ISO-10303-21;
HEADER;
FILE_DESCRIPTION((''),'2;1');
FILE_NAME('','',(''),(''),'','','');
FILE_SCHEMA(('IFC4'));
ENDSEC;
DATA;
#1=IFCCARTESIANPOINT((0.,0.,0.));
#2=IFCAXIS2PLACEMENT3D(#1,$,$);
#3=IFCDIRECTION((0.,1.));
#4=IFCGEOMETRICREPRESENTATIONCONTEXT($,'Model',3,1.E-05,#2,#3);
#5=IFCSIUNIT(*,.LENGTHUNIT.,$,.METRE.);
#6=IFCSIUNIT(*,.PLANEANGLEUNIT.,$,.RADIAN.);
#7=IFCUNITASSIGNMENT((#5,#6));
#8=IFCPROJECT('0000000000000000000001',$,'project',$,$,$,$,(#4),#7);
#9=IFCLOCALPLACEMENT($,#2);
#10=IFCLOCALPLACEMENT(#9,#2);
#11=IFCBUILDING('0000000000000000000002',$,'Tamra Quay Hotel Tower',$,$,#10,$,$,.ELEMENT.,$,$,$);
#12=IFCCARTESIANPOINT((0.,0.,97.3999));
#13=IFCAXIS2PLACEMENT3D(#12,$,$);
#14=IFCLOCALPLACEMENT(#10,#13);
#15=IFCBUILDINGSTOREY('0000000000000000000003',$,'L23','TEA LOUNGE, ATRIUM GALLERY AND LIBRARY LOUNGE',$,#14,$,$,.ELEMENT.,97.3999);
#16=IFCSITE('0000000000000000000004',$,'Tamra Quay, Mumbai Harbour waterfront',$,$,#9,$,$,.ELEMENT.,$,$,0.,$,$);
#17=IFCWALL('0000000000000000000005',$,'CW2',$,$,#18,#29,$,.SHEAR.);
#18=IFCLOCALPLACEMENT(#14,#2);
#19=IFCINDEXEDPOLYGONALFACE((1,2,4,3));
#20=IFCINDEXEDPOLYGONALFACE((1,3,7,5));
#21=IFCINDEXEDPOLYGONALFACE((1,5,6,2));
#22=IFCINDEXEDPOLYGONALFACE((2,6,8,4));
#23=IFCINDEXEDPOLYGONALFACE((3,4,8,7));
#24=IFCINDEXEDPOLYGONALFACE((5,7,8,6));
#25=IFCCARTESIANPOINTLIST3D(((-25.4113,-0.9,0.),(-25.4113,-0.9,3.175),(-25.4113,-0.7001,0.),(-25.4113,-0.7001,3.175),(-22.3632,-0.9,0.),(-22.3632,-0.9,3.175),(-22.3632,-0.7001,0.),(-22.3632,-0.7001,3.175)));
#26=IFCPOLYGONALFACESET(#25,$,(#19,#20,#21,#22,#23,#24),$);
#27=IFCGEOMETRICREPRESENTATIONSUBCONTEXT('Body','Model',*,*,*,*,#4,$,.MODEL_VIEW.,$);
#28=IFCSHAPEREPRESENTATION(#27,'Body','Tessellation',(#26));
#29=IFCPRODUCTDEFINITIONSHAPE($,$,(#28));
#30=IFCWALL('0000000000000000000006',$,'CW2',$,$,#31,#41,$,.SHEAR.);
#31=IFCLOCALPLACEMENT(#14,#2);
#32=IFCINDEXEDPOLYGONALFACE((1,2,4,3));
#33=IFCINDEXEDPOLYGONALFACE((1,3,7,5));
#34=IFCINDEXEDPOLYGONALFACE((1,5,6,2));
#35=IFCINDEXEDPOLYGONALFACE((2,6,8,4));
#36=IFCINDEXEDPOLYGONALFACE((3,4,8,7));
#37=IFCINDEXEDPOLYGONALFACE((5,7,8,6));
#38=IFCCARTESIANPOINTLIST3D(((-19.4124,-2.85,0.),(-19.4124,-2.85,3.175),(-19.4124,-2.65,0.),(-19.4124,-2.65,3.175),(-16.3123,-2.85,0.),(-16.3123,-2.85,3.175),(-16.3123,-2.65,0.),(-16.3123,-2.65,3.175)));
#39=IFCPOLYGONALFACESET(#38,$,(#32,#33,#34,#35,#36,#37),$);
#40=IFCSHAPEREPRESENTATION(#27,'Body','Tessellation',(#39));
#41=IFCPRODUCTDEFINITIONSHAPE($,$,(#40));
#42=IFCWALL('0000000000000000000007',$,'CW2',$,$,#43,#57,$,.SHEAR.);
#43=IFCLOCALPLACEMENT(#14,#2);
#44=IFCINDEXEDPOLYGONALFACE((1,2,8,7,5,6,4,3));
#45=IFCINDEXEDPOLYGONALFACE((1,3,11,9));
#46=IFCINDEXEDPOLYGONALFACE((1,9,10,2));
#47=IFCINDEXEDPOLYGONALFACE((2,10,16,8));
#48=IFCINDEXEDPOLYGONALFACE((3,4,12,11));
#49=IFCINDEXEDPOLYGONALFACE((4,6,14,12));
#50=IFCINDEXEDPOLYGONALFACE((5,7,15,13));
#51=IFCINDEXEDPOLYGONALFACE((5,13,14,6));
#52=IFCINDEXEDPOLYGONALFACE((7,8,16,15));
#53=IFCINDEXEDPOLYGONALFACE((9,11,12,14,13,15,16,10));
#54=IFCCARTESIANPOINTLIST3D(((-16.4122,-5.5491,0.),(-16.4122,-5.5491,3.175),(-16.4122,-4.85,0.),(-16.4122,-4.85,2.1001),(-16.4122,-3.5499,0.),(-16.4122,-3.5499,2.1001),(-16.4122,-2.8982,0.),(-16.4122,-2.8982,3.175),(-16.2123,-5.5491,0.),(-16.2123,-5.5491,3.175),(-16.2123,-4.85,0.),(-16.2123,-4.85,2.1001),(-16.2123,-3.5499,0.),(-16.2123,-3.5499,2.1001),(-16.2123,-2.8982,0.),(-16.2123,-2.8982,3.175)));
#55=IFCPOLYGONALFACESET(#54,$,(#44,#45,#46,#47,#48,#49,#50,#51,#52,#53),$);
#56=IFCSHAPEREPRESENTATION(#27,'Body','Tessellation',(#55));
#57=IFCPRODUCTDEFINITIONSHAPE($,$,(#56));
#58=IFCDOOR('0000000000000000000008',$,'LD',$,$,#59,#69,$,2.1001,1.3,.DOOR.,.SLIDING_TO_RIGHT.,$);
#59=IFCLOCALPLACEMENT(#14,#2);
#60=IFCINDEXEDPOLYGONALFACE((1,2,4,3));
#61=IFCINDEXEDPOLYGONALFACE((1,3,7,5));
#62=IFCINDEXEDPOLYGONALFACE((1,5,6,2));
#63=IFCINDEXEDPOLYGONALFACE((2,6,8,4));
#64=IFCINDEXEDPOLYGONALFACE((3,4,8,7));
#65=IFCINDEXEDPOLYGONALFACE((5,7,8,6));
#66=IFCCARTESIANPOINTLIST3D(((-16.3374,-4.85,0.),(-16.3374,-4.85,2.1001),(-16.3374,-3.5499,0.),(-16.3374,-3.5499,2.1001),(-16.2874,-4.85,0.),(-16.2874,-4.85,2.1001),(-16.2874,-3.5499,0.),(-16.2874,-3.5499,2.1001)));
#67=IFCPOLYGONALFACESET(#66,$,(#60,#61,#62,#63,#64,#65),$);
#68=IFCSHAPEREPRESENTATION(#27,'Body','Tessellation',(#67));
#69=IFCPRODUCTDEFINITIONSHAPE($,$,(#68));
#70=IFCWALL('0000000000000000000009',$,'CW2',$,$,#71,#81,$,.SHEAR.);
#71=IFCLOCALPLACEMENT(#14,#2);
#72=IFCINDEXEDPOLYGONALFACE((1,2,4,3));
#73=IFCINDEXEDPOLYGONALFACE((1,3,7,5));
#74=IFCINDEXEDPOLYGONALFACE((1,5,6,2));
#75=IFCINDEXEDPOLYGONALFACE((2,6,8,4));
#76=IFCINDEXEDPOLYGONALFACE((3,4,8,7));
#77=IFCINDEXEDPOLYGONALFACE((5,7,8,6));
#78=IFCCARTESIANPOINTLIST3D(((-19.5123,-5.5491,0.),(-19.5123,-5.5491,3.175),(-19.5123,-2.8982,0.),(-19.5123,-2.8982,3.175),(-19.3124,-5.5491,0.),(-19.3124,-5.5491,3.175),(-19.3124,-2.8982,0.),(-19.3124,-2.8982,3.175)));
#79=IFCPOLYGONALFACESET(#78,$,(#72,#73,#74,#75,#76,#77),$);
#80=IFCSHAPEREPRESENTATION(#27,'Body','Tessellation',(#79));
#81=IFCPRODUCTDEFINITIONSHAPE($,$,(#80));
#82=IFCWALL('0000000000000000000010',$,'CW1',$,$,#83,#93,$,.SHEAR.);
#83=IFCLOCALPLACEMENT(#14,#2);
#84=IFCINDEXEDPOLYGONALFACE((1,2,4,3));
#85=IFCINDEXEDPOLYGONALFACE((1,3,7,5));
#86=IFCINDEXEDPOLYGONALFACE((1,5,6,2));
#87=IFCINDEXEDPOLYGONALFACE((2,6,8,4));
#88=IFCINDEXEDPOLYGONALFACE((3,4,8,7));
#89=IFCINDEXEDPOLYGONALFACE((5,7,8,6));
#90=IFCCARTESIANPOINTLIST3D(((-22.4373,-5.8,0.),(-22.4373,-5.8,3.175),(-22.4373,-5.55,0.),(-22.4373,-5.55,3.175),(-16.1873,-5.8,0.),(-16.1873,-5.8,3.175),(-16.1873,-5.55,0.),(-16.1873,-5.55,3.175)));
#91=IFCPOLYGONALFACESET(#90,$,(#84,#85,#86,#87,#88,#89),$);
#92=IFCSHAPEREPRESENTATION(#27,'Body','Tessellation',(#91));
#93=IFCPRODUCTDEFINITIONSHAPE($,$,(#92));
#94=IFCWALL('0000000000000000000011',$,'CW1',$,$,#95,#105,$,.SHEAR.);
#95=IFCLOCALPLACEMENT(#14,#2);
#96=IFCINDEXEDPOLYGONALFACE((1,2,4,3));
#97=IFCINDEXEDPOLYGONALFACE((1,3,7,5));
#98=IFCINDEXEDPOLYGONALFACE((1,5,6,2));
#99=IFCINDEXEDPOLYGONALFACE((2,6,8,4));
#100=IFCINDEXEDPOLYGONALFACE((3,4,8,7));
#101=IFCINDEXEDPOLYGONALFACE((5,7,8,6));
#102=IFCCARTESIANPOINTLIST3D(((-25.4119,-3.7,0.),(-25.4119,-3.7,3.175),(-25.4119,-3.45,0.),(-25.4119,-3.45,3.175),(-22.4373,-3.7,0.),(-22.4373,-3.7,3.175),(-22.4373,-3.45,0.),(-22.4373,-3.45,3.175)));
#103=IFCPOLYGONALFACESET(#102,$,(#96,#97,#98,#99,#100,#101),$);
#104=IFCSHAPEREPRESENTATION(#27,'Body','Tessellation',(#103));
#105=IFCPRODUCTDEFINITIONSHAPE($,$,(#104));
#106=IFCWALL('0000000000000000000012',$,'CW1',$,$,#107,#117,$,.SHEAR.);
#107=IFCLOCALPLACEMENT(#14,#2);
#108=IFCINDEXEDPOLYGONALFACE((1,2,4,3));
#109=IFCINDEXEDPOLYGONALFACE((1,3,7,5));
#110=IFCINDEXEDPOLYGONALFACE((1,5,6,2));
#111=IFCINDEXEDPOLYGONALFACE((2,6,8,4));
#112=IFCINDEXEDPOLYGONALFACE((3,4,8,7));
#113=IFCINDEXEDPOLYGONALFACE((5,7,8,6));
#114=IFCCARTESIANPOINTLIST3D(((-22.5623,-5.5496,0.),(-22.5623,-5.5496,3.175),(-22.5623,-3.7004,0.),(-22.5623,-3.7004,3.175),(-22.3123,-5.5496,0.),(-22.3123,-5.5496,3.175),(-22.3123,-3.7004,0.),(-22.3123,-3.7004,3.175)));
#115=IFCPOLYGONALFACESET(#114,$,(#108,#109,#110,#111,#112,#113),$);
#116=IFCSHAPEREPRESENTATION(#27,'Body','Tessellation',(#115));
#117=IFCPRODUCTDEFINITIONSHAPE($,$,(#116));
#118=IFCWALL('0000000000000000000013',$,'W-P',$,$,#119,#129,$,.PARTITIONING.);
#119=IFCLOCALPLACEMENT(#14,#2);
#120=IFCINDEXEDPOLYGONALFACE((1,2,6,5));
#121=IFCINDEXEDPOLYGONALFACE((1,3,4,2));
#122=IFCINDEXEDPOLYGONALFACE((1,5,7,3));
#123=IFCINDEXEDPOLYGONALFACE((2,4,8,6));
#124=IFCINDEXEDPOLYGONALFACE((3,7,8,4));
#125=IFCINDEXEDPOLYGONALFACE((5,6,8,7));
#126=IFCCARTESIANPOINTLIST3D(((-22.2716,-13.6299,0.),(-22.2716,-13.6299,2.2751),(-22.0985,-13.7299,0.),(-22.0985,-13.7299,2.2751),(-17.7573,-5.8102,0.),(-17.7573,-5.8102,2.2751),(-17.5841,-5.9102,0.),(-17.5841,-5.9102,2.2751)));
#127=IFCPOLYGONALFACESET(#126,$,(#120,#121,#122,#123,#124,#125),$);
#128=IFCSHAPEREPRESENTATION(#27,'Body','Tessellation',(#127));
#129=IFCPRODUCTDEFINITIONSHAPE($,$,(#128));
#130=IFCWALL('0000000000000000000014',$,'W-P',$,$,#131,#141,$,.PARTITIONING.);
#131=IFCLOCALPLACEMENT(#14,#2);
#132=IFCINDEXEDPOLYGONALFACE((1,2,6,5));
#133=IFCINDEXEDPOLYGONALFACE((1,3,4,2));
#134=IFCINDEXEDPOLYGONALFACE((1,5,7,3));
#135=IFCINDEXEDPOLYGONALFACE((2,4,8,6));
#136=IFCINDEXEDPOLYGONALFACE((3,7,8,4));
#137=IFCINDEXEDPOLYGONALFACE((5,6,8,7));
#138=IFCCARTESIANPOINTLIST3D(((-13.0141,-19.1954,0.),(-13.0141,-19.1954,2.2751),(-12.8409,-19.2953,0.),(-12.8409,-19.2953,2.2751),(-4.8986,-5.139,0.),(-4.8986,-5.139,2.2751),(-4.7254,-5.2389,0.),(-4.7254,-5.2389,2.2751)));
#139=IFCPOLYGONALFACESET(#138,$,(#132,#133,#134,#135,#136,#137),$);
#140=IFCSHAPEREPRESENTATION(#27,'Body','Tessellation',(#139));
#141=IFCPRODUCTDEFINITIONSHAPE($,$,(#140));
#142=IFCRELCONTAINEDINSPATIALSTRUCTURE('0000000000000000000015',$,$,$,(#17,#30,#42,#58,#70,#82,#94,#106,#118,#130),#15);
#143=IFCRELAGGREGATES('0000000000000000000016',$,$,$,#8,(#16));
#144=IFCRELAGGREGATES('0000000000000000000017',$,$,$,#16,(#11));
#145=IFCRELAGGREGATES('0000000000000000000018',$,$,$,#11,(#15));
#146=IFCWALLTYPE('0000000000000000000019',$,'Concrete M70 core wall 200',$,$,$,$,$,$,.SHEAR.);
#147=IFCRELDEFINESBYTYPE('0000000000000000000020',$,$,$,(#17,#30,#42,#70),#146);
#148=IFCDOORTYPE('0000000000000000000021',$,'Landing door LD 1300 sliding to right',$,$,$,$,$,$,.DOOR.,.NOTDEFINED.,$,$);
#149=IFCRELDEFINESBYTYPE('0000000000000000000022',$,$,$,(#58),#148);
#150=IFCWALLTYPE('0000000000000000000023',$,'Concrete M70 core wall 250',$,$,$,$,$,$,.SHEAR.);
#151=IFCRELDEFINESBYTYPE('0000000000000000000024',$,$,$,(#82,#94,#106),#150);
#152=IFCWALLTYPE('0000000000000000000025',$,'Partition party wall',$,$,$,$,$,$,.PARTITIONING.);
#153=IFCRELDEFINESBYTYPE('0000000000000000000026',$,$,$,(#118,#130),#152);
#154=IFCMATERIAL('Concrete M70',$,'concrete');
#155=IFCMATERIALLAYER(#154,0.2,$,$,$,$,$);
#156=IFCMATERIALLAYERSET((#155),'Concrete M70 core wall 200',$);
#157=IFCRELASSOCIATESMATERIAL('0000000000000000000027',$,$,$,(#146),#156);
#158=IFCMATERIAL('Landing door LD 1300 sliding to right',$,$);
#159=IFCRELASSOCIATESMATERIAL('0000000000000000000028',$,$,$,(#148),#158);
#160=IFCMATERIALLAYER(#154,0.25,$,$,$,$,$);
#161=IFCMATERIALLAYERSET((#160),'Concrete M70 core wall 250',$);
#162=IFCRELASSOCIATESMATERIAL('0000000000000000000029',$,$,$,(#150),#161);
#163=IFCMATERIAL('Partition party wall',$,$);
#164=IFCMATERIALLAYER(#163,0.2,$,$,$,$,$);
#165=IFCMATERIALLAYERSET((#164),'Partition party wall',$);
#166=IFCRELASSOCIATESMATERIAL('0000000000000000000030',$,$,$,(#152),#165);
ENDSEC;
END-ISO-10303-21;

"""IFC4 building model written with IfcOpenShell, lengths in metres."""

from ifc_helpers import new_model, si_unit, direction, frame, frame_2d, origin, place, context, subcontext, project, spatial, rectangle, extrude, material, layer, layer_set, type_object, element, fill, save


model = new_model("IFC4")

# Units and contexts
model_context = context("Model", 3, precision=1e-05, world=origin(), true_north=direction((0.0, 1.0)))
body_context = subcontext(model_context, "Body", "Model", "MODEL_VIEW")
ifc_project = project(units=[si_unit("LENGTHUNIT", "METRE"), si_unit("PLANEANGLEUNIT", "RADIAN")], contexts=[model_context])

# Site, building, storey
site_placement = place(None, origin())
site = spatial("IfcSite", under=ifc_project, at=site_placement, Name="Tamra Quay, Mumbai Harbour waterfront", CompositionType="ELEMENT", RefElevation=0.0)
building_placement = place(site_placement, origin())
building = spatial("IfcBuilding", under=site, at=building_placement, Name="Tamra Quay Hotel Tower", CompositionType="ELEMENT")
storey_placement = place(building_placement, frame((0.0, 0.0, 97.3999)))
storey = spatial("IfcBuildingStorey", under=building, at=storey_placement, Name="L23", Description="TEA LOUNGE, ATRIUM GALLERY AND LIBRARY LOUNGE", CompositionType="ELEMENT", Elevation=97.3999)

# Shared definitions
ifc_material_1 = material(Name="Concrete M70", Category="concrete")

# Walls
ifc_layer_1 = layer(ifc_material_1, 0.2)
ifc_layer_set_1 = layer_set([ifc_layer_1], Name="Concrete M70 core wall 200")
wall_type_1 = type_object("IfcWallType", Name="Concrete M70 core wall 200", PredefinedType="SHEAR", material=ifc_layer_set_1)
wall_1_placement = place(storey_placement, frame((-22.3633, -0.8, 0.0), z_axis=(0.0, 0.0, 1.0), x_axis=(-1.0, 0.0, 0.0)))
element("IfcWall", 1, at=wall_1_placement, inside=storey, type_object=wall_type_1, Name="CW2", PredefinedType="SHEAR", context=body_context, shape_type="SweptSolid", body=[
    extrude(rectangle(XDim=3.0481, YDim=0.2, at=frame_2d((1.5239, 0.0))), origin(), (0.0, 0.0, 1.0), 3.175),
])
wall_2_placement = place(storey_placement, frame((-19.4124, -2.75, 0.0), z_axis=(0.0, 0.0, 1.0), x_axis=(1.0, 0.0, 0.0)))
element("IfcWall", 2, at=wall_2_placement, inside=storey, type_object=wall_type_1, Name="CW2", PredefinedType="SHEAR", context=body_context, shape_type="SweptSolid", body=[
    extrude(rectangle(XDim=3.1001, YDim=0.2, at=frame_2d((1.55, 0.0))), origin(), (0.0, 0.0, 1.0), 3.175),
])

# Wall, opening, door
wall_3_placement = place(storey_placement, frame((-16.3123, -2.8982, 0.0), z_axis=(0.0, 0.0, 1.0), x_axis=(0.0, -1.0, 0.0)))
wall_3 = element("IfcWall", 3, at=wall_3_placement, inside=storey, type_object=wall_type_1, Name="CW2", PredefinedType="SHEAR", context=body_context, shape_type="SweptSolid", body=[
    extrude(rectangle(XDim=2.6509, YDim=0.2, at=frame_2d((1.3254, 0.0))), origin(), (0.0, 0.0, 1.0), 3.175),
])
opening_placement = place(wall_3_placement, frame((0.6519, 0.0, 0.0)))
opening = element("IfcOpeningElement", 4, at=opening_placement, cuts=wall_3, PredefinedType="OPENING", context=body_context, shape_type="SweptSolid", body=[
    extrude(rectangle(XDim=1.3, YDim=2.1001, at=frame_2d((0.6499, 1.05))), frame((0.0, 0.1099, 0.0), z_axis=(0.0, -1.0, 0.0), x_axis=(1.0, 0.0, 0.0)), (0.0, 0.0, 1.0), 0.22),
])
ifc_material_2 = material(Name="Landing door LD 1300 sliding to right")
door_type = type_object("IfcDoorType", Name="Landing door LD 1300 sliding to right", OperationType="NOTDEFINED", PredefinedType="DOOR", material=ifc_material_2)
door_placement = place(opening_placement, origin())
door = element("IfcDoor", 5, at=door_placement, inside=storey, type_object=door_type, Name="LD", OperationType="SLIDING_TO_RIGHT", OverallHeight=2.1001, OverallWidth=1.3, PredefinedType="DOOR", context=body_context, shape_type="SweptSolid", body=[
    extrude(rectangle(XDim=1.3, YDim=2.1001, at=frame_2d((0.6499, 1.05))), frame((0.0, 0.0249, 0.0), z_axis=(0.0, -1.0, 0.0), x_axis=(1.0, 0.0, 0.0)), (0.0, 0.0, 1.0), 0.05),
])
fill(opening, door)

# Walls
wall_4_placement = place(storey_placement, frame((-19.4124, -5.5491, 0.0), z_axis=(0.0, 0.0, 1.0), x_axis=(0.0, 1.0, 0.0)))
element("IfcWall", 6, at=wall_4_placement, inside=storey, type_object=wall_type_1, Name="CW2", PredefinedType="SHEAR", context=body_context, shape_type="SweptSolid", body=[
    extrude(rectangle(XDim=2.6509, YDim=0.2, at=frame_2d((1.3254, 0.0))), origin(), (0.0, 0.0, 1.0), 3.175),
])
ifc_layer_2 = layer(ifc_material_1, 0.25)
ifc_layer_set_2 = layer_set([ifc_layer_2], Name="Concrete M70 core wall 250")
wall_type_2 = type_object("IfcWallType", Name="Concrete M70 core wall 250", PredefinedType="SHEAR", material=ifc_layer_set_2)
wall_5_placement = place(storey_placement, frame((-16.1873, -5.675, 0.0), z_axis=(0.0, 0.0, 1.0), x_axis=(-1.0, 0.0, 0.0)))
element("IfcWall", 7, at=wall_5_placement, inside=storey, type_object=wall_type_2, Name="CW1", PredefinedType="SHEAR", context=body_context, shape_type="SweptSolid", body=[
    extrude(rectangle(XDim=6.25, YDim=0.25, at=frame_2d((3.125, 0.0))), origin(), (0.0, 0.0, 1.0), 3.175),
])
wall_6_placement = place(storey_placement, frame((-22.4373, -3.575, 0.0), z_axis=(0.0, 0.0, 1.0), x_axis=(-1.0, 0.0, 0.0)))
element("IfcWall", 8, at=wall_6_placement, inside=storey, type_object=wall_type_2, Name="CW1", PredefinedType="SHEAR", context=body_context, shape_type="SweptSolid", body=[
    extrude(rectangle(XDim=2.9746, YDim=0.25, at=frame_2d((1.4873, 0.0))), origin(), (0.0, 0.0, 1.0), 3.175),
])
wall_7_placement = place(storey_placement, frame((-22.4373, -5.5496, 0.0), z_axis=(0.0, 0.0, 1.0), x_axis=(0.0, 1.0, 0.0)))
element("IfcWall", 9, at=wall_7_placement, inside=storey, type_object=wall_type_2, Name="CW1", PredefinedType="SHEAR", context=body_context, shape_type="SweptSolid", body=[
    extrude(rectangle(XDim=1.8491, YDim=0.25, at=frame_2d((0.9246, 0.0))), origin(), (0.0, 0.0, 1.0), 3.175),
])
ifc_material_3 = material(Name="Partition party wall")
ifc_layer_3 = layer(ifc_material_3, 0.2)
ifc_layer_set_3 = layer_set([ifc_layer_3], Name="Partition party wall")
wall_type_3 = type_object("IfcWallType", Name="Partition party wall", PredefinedType="PARTITIONING", material=ifc_layer_set_3)
wall_8_placement = place(storey_placement, frame((-22.1851, -13.6799, 0.0), z_axis=(0.0, 0.0, 1.0), x_axis=(0.499969, 0.866043, 0.0)))
element("IfcWall", 10, at=wall_8_placement, inside=storey, type_object=wall_type_3, Name="W-P", PredefinedType="PARTITIONING", context=body_context, shape_type="SweptSolid", body=[
    extrude(rectangle(XDim=9.0293, YDim=0.2, at=frame_2d((4.5146, 0.0))), origin(), (0.0, 0.0, 1.0), 2.2751),
])
wall_9_placement = place(storey_placement, frame((-12.9275, -19.2454, 0.0), z_axis=(0.0, 0.0, 1.0), x_axis=(0.500001, 0.866025, 0.0)))
element("IfcWall", 11, at=wall_9_placement, inside=storey, type_object=wall_type_3, Name="W-P", PredefinedType="PARTITIONING", context=body_context, shape_type="SweptSolid", body=[
    extrude(rectangle(XDim=16.231, YDim=0.2, at=frame_2d((8.1155, 0.0))), origin(), (0.0, 0.0, 1.0), 2.2751),
])

save(model, "model.ifc")
